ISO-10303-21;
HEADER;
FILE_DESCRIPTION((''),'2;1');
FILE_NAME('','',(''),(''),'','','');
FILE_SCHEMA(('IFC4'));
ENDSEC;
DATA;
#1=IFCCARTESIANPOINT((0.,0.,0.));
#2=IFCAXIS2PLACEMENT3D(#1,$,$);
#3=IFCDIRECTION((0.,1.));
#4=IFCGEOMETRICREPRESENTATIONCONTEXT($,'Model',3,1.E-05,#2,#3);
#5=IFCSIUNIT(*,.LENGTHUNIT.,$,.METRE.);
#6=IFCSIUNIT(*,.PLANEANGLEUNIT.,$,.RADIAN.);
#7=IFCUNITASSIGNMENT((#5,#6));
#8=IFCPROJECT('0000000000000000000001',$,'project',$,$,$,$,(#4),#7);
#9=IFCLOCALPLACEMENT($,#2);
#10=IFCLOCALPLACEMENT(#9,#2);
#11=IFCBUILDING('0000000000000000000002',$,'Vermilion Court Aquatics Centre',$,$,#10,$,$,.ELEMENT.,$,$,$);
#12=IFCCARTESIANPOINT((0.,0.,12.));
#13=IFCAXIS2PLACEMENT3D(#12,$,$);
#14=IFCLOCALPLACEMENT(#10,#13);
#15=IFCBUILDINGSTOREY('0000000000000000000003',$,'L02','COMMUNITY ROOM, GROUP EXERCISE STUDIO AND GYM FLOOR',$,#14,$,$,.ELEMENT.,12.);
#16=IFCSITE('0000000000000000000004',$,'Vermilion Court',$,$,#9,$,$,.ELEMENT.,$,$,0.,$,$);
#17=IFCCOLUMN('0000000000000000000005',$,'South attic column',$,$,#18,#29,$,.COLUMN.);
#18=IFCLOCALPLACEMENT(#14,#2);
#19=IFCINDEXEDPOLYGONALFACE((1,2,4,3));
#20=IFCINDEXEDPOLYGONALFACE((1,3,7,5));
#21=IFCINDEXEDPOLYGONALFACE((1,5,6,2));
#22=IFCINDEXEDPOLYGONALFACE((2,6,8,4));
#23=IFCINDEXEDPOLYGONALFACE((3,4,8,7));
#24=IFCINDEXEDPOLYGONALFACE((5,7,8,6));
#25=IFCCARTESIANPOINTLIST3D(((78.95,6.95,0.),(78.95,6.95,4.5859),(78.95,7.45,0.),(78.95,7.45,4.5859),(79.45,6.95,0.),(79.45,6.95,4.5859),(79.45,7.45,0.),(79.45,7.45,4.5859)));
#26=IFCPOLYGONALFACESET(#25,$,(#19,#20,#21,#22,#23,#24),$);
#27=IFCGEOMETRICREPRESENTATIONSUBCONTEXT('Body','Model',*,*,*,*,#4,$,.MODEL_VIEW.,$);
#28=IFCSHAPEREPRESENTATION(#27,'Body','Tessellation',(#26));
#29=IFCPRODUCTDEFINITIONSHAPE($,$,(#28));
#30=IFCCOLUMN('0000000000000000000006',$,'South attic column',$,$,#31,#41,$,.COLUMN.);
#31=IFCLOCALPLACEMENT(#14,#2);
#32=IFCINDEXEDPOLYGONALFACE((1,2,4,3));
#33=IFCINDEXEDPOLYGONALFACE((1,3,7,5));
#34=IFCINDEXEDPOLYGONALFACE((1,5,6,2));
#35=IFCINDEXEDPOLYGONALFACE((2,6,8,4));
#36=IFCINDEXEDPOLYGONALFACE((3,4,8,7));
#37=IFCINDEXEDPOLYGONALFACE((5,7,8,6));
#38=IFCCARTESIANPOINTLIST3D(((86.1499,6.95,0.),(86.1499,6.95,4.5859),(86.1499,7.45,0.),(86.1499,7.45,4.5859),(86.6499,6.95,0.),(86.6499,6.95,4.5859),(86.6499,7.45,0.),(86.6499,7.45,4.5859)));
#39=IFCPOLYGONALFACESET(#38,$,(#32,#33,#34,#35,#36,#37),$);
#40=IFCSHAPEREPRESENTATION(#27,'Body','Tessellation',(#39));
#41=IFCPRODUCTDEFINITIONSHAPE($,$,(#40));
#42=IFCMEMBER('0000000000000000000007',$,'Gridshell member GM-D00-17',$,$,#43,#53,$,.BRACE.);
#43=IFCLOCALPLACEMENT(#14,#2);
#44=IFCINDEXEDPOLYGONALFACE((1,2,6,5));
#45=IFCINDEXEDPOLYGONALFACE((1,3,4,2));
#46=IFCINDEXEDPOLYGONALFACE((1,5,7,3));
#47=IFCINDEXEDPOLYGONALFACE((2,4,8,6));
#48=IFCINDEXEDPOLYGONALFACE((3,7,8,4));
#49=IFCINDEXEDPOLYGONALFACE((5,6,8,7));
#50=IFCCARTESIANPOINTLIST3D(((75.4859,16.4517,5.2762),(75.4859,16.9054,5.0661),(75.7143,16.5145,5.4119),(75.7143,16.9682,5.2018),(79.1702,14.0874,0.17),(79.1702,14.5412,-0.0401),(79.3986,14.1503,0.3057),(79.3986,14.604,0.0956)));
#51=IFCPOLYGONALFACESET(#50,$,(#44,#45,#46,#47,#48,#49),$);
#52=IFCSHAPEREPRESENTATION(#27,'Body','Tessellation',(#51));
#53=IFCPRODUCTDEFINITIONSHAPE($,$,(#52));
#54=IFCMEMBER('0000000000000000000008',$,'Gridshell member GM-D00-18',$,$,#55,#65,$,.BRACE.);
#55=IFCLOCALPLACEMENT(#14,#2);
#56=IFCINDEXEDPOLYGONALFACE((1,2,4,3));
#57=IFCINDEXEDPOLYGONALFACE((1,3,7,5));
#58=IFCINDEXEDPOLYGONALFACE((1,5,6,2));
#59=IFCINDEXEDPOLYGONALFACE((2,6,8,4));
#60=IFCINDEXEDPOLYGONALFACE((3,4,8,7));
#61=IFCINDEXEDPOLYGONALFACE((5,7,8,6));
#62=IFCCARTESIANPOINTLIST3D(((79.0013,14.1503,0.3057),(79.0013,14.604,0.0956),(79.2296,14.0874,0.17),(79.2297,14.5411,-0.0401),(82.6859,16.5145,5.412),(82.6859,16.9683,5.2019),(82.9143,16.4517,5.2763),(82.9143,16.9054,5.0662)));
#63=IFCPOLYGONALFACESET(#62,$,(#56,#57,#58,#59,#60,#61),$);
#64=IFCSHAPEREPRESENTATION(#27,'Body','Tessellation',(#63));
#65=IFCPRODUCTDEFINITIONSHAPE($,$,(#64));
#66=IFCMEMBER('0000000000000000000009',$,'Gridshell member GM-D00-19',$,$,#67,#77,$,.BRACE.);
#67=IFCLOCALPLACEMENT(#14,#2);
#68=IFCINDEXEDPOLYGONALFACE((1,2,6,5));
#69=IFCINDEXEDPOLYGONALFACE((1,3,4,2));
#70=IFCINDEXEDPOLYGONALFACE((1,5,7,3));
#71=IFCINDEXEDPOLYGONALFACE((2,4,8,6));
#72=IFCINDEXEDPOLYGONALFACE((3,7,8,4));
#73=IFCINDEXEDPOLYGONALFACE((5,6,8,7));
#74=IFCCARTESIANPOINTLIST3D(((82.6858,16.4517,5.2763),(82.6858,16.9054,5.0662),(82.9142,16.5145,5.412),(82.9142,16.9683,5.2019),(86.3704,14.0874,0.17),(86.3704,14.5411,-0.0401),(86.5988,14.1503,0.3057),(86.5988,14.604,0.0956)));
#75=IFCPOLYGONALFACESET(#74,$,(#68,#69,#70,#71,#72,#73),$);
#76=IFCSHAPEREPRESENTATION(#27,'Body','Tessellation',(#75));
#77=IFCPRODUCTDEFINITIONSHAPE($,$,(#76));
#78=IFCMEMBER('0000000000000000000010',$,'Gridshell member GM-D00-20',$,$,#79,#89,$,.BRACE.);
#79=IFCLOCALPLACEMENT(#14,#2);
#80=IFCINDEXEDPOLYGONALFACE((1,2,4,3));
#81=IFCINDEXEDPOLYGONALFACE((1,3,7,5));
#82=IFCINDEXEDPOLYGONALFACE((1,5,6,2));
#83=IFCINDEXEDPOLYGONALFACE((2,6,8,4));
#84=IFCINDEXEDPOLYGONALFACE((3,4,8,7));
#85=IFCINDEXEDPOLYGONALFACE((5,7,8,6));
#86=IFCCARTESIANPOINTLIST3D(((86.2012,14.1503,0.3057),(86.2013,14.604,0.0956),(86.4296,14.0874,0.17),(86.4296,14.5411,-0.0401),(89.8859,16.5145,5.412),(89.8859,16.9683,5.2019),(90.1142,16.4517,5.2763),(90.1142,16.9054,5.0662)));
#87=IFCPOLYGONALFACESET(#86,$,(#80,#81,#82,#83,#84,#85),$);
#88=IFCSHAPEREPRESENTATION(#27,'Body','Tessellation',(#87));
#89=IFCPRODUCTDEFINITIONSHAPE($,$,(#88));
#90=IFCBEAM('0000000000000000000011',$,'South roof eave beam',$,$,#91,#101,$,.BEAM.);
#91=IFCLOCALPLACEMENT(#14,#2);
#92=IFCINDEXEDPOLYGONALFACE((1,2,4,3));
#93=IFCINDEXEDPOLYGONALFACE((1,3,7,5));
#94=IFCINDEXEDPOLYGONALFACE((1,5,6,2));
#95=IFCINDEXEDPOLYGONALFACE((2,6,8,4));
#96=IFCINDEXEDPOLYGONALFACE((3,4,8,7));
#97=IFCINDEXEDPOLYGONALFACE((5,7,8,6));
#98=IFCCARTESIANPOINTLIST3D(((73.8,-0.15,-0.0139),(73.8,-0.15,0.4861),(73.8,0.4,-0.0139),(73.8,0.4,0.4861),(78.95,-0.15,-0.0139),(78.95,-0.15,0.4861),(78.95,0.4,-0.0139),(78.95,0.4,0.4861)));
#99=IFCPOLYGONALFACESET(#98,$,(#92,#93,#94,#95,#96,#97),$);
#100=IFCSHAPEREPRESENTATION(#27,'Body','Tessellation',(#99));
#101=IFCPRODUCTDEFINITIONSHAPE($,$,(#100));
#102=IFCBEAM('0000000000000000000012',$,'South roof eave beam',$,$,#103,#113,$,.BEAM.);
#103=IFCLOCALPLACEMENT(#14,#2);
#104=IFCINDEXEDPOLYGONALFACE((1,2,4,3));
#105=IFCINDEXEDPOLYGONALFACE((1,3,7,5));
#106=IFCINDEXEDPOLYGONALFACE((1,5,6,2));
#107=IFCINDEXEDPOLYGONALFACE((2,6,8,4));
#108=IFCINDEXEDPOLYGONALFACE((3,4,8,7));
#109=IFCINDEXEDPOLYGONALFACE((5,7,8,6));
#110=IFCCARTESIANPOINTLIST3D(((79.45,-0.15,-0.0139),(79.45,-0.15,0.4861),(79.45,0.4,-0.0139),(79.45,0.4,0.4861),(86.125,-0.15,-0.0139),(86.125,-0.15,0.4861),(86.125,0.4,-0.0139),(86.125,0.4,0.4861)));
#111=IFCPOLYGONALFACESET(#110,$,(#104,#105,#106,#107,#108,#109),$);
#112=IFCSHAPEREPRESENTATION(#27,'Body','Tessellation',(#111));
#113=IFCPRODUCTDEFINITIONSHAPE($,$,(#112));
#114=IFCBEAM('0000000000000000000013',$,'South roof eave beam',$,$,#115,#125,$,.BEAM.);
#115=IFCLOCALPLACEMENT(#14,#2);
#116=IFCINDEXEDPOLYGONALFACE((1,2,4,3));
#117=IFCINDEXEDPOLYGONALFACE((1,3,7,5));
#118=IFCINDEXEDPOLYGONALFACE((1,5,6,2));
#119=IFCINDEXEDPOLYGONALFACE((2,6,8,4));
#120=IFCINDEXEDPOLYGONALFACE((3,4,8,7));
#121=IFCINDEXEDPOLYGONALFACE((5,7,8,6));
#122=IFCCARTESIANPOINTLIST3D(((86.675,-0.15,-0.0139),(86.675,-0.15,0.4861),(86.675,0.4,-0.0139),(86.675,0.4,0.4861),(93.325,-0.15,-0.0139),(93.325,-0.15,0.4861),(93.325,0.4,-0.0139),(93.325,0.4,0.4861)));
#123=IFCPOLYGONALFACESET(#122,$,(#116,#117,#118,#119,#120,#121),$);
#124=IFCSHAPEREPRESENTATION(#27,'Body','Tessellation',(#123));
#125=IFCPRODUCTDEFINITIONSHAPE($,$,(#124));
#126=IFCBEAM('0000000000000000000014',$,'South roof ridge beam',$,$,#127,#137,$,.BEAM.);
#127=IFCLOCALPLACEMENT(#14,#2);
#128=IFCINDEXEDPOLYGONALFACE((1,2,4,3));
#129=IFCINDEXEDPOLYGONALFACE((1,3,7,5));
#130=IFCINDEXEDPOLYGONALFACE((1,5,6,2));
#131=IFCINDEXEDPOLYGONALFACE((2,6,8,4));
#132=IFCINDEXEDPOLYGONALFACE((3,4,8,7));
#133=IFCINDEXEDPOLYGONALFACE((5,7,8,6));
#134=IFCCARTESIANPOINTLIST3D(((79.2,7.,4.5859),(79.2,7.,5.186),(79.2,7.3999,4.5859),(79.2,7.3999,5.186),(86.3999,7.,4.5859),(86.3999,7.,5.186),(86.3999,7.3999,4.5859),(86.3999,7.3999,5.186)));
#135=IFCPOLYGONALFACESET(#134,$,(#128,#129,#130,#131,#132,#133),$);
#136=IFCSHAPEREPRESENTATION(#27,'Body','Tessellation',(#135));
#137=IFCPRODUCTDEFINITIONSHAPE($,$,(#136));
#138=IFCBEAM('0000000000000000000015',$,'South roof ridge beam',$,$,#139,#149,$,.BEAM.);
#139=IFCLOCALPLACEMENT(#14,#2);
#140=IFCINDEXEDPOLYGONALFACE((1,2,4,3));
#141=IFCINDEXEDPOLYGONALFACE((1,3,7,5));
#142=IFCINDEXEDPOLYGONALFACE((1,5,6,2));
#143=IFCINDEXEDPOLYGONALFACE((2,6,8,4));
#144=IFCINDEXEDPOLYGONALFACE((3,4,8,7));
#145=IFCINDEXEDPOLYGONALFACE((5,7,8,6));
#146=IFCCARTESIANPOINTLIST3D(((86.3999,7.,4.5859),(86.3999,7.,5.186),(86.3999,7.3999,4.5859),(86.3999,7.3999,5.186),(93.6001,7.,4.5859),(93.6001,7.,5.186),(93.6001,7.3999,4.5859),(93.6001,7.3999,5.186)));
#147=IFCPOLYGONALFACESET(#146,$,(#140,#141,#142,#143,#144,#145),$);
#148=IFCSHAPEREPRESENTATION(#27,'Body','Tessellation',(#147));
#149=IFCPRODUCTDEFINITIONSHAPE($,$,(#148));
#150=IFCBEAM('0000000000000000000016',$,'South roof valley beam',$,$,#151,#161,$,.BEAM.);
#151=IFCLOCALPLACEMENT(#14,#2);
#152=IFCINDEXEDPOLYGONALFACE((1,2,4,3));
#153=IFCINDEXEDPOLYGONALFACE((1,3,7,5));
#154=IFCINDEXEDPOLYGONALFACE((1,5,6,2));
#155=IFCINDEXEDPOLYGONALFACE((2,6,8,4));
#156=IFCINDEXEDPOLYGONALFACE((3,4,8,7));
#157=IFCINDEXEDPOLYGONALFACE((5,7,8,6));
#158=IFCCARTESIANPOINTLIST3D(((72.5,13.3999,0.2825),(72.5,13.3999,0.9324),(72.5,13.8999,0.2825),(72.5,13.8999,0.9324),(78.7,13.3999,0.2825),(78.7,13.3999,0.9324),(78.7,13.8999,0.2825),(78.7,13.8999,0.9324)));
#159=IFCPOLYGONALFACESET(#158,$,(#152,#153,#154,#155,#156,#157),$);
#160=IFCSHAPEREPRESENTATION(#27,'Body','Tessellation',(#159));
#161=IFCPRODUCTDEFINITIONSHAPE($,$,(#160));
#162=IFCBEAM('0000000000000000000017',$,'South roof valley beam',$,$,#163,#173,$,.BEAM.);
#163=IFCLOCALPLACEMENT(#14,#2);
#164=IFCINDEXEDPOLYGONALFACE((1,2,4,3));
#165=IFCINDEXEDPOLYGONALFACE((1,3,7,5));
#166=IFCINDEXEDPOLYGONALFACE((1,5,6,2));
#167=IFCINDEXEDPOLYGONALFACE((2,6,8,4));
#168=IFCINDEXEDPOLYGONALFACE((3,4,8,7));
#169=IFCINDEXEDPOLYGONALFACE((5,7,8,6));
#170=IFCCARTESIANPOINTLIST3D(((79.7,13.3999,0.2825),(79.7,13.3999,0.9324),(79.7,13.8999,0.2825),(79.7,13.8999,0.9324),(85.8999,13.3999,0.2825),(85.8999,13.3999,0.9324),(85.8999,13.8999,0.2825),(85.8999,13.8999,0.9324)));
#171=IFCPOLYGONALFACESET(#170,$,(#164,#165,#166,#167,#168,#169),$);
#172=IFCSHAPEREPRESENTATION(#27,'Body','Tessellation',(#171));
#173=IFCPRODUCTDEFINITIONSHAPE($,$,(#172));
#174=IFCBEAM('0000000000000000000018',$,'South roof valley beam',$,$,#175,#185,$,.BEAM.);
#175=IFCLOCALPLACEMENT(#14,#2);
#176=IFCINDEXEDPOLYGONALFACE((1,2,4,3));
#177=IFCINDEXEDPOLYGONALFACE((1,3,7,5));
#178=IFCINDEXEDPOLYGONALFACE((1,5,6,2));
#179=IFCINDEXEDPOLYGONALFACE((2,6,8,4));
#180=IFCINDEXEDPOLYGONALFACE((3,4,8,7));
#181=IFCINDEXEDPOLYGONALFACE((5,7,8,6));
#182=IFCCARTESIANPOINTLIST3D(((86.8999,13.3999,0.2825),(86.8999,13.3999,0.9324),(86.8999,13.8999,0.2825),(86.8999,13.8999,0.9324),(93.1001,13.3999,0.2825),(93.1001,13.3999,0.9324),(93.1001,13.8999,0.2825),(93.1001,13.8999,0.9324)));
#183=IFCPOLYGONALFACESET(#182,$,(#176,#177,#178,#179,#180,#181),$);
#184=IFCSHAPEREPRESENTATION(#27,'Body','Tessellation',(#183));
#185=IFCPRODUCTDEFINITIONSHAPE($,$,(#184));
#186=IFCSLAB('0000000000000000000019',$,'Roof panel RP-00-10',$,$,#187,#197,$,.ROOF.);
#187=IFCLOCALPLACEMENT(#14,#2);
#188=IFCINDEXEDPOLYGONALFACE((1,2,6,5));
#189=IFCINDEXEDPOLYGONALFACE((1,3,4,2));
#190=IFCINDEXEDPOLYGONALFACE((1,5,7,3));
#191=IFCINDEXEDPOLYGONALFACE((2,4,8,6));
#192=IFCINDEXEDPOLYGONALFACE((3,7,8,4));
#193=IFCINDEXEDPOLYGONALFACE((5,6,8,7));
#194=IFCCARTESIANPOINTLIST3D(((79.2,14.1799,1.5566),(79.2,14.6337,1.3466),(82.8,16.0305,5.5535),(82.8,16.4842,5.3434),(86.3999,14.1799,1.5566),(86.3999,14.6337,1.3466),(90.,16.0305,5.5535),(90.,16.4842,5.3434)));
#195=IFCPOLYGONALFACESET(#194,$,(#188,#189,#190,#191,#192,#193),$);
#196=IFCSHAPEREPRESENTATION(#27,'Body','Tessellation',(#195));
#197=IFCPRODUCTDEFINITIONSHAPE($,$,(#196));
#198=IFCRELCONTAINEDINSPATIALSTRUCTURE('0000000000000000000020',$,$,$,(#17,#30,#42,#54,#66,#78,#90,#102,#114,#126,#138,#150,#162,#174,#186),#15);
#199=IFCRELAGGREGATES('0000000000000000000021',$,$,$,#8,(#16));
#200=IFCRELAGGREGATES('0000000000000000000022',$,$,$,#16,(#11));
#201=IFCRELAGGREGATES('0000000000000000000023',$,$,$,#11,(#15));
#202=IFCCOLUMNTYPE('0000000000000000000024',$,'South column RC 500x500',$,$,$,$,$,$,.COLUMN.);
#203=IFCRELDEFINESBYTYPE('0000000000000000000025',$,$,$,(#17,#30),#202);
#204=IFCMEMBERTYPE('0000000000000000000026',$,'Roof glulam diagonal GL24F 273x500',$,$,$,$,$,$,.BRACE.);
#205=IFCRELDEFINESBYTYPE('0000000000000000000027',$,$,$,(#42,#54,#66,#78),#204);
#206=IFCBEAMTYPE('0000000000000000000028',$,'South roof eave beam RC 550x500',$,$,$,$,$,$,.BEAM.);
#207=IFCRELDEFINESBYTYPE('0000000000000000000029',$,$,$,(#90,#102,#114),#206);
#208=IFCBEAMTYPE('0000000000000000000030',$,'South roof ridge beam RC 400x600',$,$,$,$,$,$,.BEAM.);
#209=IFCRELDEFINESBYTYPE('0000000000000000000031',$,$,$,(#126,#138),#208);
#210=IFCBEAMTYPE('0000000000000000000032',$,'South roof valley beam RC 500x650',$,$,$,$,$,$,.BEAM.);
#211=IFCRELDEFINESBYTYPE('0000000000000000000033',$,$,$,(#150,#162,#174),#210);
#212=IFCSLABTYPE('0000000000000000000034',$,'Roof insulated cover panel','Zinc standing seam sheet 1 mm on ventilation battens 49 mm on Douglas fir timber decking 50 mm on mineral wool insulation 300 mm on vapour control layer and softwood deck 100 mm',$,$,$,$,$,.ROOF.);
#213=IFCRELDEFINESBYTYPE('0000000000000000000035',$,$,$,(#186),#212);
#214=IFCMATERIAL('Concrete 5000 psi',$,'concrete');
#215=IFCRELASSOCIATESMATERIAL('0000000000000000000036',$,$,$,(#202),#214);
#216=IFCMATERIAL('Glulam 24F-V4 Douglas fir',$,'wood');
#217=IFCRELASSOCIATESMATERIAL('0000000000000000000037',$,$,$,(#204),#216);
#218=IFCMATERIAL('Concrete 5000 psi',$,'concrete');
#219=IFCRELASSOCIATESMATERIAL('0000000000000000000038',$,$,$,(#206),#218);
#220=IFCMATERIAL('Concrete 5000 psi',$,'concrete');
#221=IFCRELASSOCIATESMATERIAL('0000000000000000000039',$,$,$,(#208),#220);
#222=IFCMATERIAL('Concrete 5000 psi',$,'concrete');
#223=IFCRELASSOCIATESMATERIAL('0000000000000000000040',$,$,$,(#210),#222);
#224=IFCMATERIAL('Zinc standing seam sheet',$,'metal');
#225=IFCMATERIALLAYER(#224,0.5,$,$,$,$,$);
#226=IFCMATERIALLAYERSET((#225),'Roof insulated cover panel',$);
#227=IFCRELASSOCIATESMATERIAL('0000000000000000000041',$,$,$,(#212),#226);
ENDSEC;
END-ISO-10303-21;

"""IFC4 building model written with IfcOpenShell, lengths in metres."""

from ifc_helpers import new_model, si_unit, direction, frame, origin, origin_2d, place, context, subcontext, project, spatial, polyline, rectangle, outline, extrude, material, layer, layer_set, material_profile, profile_set, type_object, element, save


model = new_model("IFC4")

# Units and contexts
model_context = context("Model", 3, precision=1e-05, world=origin(), true_north=direction((0.0, 1.0)))
body_context = subcontext(model_context, "Body", "Model", "MODEL_VIEW")
ifc_project = project(units=[si_unit("LENGTHUNIT", "METRE"), si_unit("PLANEANGLEUNIT", "RADIAN")], contexts=[model_context])

# Site, building, storey
site_placement = place(None, origin())
site = spatial("IfcSite", under=ifc_project, at=site_placement, Name="Vermilion Court", CompositionType="ELEMENT", RefElevation=0.0)
building_placement = place(site_placement, origin())
building = spatial("IfcBuilding", under=site, at=building_placement, Name="Vermilion Court Aquatics Centre", CompositionType="ELEMENT")
storey_placement = place(building_placement, frame((0.0, 0.0, 12.0)))
storey = spatial("IfcBuildingStorey", under=building, at=storey_placement, Name="L02", Description="COMMUNITY ROOM, GROUP EXERCISE STUDIO AND GYM FLOOR", CompositionType="ELEMENT", Elevation=12.0)

# Columns
ifc_material_1 = material(Name="Concrete 5000 psi", Category="concrete")
ifc_material_profile_1 = material_profile(ifc_material_1, rectangle(XDim=0.5, YDim=0.5, at=origin_2d()), Name="RC 500x500")
ifc_profile_set_1 = profile_set([ifc_material_profile_1], Name="Concrete 5000 psi")
column_type = type_object("IfcColumnType", Name="South column RC 500x500", PredefinedType="COLUMN", material=ifc_profile_set_1)
for number, where, z_axis, x_axis, name in (
    (1, (79.2, 7.2, 0.0), (0.0, 0.0, 1.0), (1.0, 0.0, 0.0), "South attic column"),
    (2, (86.3999, 7.2, 0.0), (0.0, 0.0, 1.0), (1.0, 0.0, 0.0), "South attic column"),
):
    element("IfcColumn", number, at=place(storey_placement, frame(where, z_axis=z_axis, x_axis=x_axis)), inside=storey, type_object=column_type, Name=name, PredefinedType="COLUMN", context=body_context, shape_type="SweptSolid", body=[
        extrude(rectangle(XDim=0.5, YDim=0.5, at=origin_2d()), origin(), (0.0, 0.0, 1.0), 4.5859),
    ])

# Members
ifc_material_2 = material(Name="Glulam 24F-V4 Douglas fir", Category="wood")
ifc_material_profile_2 = material_profile(ifc_material_2, rectangle(XDim=0.2729, YDim=0.5, at=origin_2d()), Name="GL24F 273x500")
ifc_profile_set_2 = profile_set([ifc_material_profile_2], Name="Glulam 24F-V4 Douglas fir")
member_type = type_object("IfcMemberType", Name="Roof glulam diagonal GL24F 273x500", PredefinedType="BRACE", material=ifc_profile_set_2)
member_placement = place(storey_placement, frame((79.2844, 14.3457, 0.1328), z_axis=(-0.547785, 0.351517, 0.759189), x_axis=(-0.836619, -0.230161, -0.497085)))
element("IfcMember", 3, at=member_placement, inside=storey, type_object=member_type, Name="Gridshell member GM-D00-17", PredefinedType="BRACE", context=body_context, shape_type="SweptSolid", body=[
    extrude(rectangle(XDim=0.2729, YDim=0.5, at=origin_2d()), origin(), (0.0, 0.0, 1.0), 6.7258),
])
for number, where, z_axis, x_axis, name in (
    (4, (79.1155, 14.3457, 0.1328), (0.54781, 0.35151, 0.759174), (-0.836603, 0.230193, 0.497099), "Gridshell member GM-D00-18"),
    (5, (86.4846, 14.3457, 0.1328), (-0.54781, 0.35151, 0.759174), (-0.836603, -0.230193, -0.497099), "Gridshell member GM-D00-19"),
    (6, (86.3154, 14.3457, 0.1328), (0.54781, 0.35151, 0.759174), (-0.836603, 0.230193, 0.497099), "Gridshell member GM-D00-20"),
):
    element("IfcMember", number, at=place(storey_placement, frame(where, z_axis=z_axis, x_axis=x_axis)), inside=storey, type_object=member_type, Name=name, PredefinedType="BRACE", context=body_context, shape_type="SweptSolid", body=[
        extrude(rectangle(XDim=0.2729, YDim=0.5, at=origin_2d()), origin(), (0.0, 0.0, 1.0), 6.7261),
    ])

# Beams
ifc_material_3 = material(Name="Concrete 5000 psi", Category="concrete")
ifc_material_profile_3 = material_profile(ifc_material_3, rectangle(XDim=0.55, YDim=0.5, at=origin_2d()), Name="RC 550x500")
ifc_profile_set_3 = profile_set([ifc_material_profile_3], Name="Concrete 5000 psi")
beam_type_1 = type_object("IfcBeamType", Name="South roof eave beam RC 550x500", PredefinedType="BEAM", material=ifc_profile_set_3)
beam_1_placement = place(storey_placement, frame((73.8, 0.125, 0.2361), z_axis=(1.0, 0.0, 0.0), x_axis=(0.0, 1.0, 0.0)))
element("IfcBeam", 7, at=beam_1_placement, inside=storey, type_object=beam_type_1, Name="South roof eave beam", PredefinedType="BEAM", context=body_context, shape_type="SweptSolid", body=[
    extrude(rectangle(XDim=0.55, YDim=0.5, at=origin_2d()), origin(), (0.0, 0.0, 1.0), 5.1499),
])
beam_2_placement = place(storey_placement, frame((79.45, 0.125, 0.2361), z_axis=(1.0, 0.0, 0.0), x_axis=(0.0, 1.0, 0.0)))
element("IfcBeam", 8, at=beam_2_placement, inside=storey, type_object=beam_type_1, Name="South roof eave beam", PredefinedType="BEAM", context=body_context, shape_type="SweptSolid", body=[
    extrude(rectangle(XDim=0.55, YDim=0.5, at=origin_2d()), origin(), (0.0, 0.0, 1.0), 6.675),
])
beam_3_placement = place(storey_placement, frame((86.675, 0.125, 0.2361), z_axis=(1.0, 0.0, 0.0), x_axis=(0.0, 1.0, 0.0)))
element("IfcBeam", 9, at=beam_3_placement, inside=storey, type_object=beam_type_1, Name="South roof eave beam", PredefinedType="BEAM", context=body_context, shape_type="SweptSolid", body=[
    extrude(rectangle(XDim=0.55, YDim=0.5, at=origin_2d()), origin(), (0.0, 0.0, 1.0), 6.6499),
])
ifc_material_4 = material(Name="Concrete 5000 psi", Category="concrete")
ifc_material_profile_4 = material_profile(ifc_material_4, rectangle(XDim=0.3999, YDim=0.6001, at=origin_2d()), Name="RC 400x600")
ifc_profile_set_4 = profile_set([ifc_material_profile_4], Name="Concrete 5000 psi")
beam_type_2 = type_object("IfcBeamType", Name="South roof ridge beam RC 400x600", PredefinedType="BEAM", material=ifc_profile_set_4)
beam_4_placement = place(storey_placement, frame((79.2, 7.2, 4.886), z_axis=(1.0, 0.0, 0.0), x_axis=(0.0, 1.0, 0.0)))
element("IfcBeam", 10, at=beam_4_placement, inside=storey, type_object=beam_type_2, Name="South roof ridge beam", PredefinedType="BEAM", context=body_context, shape_type="SweptSolid", body=[
    extrude(rectangle(XDim=0.3999, YDim=0.6001, at=origin_2d()), origin(), (0.0, 0.0, 1.0), 7.2),
])
beam_5_placement = place(storey_placement, frame((86.3999, 7.2, 4.886), z_axis=(1.0, 0.0, 0.0), x_axis=(0.0, 1.0, 0.0)))
element("IfcBeam", 11, at=beam_5_placement, inside=storey, type_object=beam_type_2, Name="South roof ridge beam", PredefinedType="BEAM", context=body_context, shape_type="SweptSolid", body=[
    extrude(rectangle(XDim=0.3999, YDim=0.6001, at=origin_2d()), origin(), (0.0, 0.0, 1.0), 7.2002),
])
ifc_material_5 = material(Name="Concrete 5000 psi", Category="concrete")
ifc_material_profile_5 = material_profile(ifc_material_5, rectangle(XDim=0.5, YDim=0.6499, at=origin_2d()), Name="RC 500x650")
ifc_profile_set_5 = profile_set([ifc_material_profile_5], Name="Concrete 5000 psi")
beam_type_3 = type_object("IfcBeamType", Name="South roof valley beam RC 500x650", PredefinedType="BEAM", material=ifc_profile_set_5)
for number, where, z_axis, x_axis, name in (
    (12, (72.5, 13.6499, 0.6074), (1.0, 0.0, 0.0), (0.0, 1.0, 0.0), "South roof valley beam"),
    (13, (79.7, 13.6499, 0.6074), (1.0, 0.0, 0.0), (0.0, 1.0, 0.0), "South roof valley beam"),
):
    element("IfcBeam", number, at=place(storey_placement, frame(where, z_axis=z_axis, x_axis=x_axis)), inside=storey, type_object=beam_type_3, Name=name, PredefinedType="BEAM", context=body_context, shape_type="SweptSolid", body=[
        extrude(rectangle(XDim=0.5, YDim=0.6499, at=origin_2d()), origin(), (0.0, 0.0, 1.0), 6.2),
    ])
beam_6_placement = place(storey_placement, frame((86.8999, 13.6499, 0.6074), z_axis=(1.0, 0.0, 0.0), x_axis=(0.0, 1.0, 0.0)))
element("IfcBeam", 14, at=beam_6_placement, inside=storey, type_object=beam_type_3, Name="South roof valley beam", PredefinedType="BEAM", context=body_context, shape_type="SweptSolid", body=[
    extrude(rectangle(XDim=0.5, YDim=0.6499, at=origin_2d()), origin(), (0.0, 0.0, 1.0), 6.2002),
])

# Slab
ifc_material_6 = material(Name="Zinc standing seam sheet", Category="metal")
ifc_layer_1 = layer(ifc_material_6, 0.5)
ifc_layer_set_1 = layer_set([ifc_layer_1], Name="Roof insulated cover panel")
slab_type_1 = type_object("IfcSlabType", Name="Roof insulated cover panel", Description="Zinc standing seam sheet 1 mm on ventilation battens 49 mm on Douglas fir timber decking 50 mm on mineral wool insulation 300 mm on vapour control layer and softwood deck 100 mm", PredefinedType="ROOF", material=ifc_layer_set_1)
slab_1_placement = place(storey_placement, frame((79.2, 14.1799, 1.5566), z_axis=(0.0, -0.907449, 0.420162), x_axis=(1.0, 0.0, 0.0)))
element("IfcSlab", 15, at=slab_1_placement, inside=storey, type_object=slab_type_1, Name="Roof panel RP-00-10", PredefinedType="ROOF", context=body_context, shape_type="SweptSolid", body=[
    extrude(outline(polyline([(0.0, 0.0), (7.2, 0.0), (10.8, 4.4045), (3.6001, 4.4045), (0.0, 0.0)])), origin(), (0.0, 0.0, -1.0), 0.5),
])

save(model, "model.ifc")
